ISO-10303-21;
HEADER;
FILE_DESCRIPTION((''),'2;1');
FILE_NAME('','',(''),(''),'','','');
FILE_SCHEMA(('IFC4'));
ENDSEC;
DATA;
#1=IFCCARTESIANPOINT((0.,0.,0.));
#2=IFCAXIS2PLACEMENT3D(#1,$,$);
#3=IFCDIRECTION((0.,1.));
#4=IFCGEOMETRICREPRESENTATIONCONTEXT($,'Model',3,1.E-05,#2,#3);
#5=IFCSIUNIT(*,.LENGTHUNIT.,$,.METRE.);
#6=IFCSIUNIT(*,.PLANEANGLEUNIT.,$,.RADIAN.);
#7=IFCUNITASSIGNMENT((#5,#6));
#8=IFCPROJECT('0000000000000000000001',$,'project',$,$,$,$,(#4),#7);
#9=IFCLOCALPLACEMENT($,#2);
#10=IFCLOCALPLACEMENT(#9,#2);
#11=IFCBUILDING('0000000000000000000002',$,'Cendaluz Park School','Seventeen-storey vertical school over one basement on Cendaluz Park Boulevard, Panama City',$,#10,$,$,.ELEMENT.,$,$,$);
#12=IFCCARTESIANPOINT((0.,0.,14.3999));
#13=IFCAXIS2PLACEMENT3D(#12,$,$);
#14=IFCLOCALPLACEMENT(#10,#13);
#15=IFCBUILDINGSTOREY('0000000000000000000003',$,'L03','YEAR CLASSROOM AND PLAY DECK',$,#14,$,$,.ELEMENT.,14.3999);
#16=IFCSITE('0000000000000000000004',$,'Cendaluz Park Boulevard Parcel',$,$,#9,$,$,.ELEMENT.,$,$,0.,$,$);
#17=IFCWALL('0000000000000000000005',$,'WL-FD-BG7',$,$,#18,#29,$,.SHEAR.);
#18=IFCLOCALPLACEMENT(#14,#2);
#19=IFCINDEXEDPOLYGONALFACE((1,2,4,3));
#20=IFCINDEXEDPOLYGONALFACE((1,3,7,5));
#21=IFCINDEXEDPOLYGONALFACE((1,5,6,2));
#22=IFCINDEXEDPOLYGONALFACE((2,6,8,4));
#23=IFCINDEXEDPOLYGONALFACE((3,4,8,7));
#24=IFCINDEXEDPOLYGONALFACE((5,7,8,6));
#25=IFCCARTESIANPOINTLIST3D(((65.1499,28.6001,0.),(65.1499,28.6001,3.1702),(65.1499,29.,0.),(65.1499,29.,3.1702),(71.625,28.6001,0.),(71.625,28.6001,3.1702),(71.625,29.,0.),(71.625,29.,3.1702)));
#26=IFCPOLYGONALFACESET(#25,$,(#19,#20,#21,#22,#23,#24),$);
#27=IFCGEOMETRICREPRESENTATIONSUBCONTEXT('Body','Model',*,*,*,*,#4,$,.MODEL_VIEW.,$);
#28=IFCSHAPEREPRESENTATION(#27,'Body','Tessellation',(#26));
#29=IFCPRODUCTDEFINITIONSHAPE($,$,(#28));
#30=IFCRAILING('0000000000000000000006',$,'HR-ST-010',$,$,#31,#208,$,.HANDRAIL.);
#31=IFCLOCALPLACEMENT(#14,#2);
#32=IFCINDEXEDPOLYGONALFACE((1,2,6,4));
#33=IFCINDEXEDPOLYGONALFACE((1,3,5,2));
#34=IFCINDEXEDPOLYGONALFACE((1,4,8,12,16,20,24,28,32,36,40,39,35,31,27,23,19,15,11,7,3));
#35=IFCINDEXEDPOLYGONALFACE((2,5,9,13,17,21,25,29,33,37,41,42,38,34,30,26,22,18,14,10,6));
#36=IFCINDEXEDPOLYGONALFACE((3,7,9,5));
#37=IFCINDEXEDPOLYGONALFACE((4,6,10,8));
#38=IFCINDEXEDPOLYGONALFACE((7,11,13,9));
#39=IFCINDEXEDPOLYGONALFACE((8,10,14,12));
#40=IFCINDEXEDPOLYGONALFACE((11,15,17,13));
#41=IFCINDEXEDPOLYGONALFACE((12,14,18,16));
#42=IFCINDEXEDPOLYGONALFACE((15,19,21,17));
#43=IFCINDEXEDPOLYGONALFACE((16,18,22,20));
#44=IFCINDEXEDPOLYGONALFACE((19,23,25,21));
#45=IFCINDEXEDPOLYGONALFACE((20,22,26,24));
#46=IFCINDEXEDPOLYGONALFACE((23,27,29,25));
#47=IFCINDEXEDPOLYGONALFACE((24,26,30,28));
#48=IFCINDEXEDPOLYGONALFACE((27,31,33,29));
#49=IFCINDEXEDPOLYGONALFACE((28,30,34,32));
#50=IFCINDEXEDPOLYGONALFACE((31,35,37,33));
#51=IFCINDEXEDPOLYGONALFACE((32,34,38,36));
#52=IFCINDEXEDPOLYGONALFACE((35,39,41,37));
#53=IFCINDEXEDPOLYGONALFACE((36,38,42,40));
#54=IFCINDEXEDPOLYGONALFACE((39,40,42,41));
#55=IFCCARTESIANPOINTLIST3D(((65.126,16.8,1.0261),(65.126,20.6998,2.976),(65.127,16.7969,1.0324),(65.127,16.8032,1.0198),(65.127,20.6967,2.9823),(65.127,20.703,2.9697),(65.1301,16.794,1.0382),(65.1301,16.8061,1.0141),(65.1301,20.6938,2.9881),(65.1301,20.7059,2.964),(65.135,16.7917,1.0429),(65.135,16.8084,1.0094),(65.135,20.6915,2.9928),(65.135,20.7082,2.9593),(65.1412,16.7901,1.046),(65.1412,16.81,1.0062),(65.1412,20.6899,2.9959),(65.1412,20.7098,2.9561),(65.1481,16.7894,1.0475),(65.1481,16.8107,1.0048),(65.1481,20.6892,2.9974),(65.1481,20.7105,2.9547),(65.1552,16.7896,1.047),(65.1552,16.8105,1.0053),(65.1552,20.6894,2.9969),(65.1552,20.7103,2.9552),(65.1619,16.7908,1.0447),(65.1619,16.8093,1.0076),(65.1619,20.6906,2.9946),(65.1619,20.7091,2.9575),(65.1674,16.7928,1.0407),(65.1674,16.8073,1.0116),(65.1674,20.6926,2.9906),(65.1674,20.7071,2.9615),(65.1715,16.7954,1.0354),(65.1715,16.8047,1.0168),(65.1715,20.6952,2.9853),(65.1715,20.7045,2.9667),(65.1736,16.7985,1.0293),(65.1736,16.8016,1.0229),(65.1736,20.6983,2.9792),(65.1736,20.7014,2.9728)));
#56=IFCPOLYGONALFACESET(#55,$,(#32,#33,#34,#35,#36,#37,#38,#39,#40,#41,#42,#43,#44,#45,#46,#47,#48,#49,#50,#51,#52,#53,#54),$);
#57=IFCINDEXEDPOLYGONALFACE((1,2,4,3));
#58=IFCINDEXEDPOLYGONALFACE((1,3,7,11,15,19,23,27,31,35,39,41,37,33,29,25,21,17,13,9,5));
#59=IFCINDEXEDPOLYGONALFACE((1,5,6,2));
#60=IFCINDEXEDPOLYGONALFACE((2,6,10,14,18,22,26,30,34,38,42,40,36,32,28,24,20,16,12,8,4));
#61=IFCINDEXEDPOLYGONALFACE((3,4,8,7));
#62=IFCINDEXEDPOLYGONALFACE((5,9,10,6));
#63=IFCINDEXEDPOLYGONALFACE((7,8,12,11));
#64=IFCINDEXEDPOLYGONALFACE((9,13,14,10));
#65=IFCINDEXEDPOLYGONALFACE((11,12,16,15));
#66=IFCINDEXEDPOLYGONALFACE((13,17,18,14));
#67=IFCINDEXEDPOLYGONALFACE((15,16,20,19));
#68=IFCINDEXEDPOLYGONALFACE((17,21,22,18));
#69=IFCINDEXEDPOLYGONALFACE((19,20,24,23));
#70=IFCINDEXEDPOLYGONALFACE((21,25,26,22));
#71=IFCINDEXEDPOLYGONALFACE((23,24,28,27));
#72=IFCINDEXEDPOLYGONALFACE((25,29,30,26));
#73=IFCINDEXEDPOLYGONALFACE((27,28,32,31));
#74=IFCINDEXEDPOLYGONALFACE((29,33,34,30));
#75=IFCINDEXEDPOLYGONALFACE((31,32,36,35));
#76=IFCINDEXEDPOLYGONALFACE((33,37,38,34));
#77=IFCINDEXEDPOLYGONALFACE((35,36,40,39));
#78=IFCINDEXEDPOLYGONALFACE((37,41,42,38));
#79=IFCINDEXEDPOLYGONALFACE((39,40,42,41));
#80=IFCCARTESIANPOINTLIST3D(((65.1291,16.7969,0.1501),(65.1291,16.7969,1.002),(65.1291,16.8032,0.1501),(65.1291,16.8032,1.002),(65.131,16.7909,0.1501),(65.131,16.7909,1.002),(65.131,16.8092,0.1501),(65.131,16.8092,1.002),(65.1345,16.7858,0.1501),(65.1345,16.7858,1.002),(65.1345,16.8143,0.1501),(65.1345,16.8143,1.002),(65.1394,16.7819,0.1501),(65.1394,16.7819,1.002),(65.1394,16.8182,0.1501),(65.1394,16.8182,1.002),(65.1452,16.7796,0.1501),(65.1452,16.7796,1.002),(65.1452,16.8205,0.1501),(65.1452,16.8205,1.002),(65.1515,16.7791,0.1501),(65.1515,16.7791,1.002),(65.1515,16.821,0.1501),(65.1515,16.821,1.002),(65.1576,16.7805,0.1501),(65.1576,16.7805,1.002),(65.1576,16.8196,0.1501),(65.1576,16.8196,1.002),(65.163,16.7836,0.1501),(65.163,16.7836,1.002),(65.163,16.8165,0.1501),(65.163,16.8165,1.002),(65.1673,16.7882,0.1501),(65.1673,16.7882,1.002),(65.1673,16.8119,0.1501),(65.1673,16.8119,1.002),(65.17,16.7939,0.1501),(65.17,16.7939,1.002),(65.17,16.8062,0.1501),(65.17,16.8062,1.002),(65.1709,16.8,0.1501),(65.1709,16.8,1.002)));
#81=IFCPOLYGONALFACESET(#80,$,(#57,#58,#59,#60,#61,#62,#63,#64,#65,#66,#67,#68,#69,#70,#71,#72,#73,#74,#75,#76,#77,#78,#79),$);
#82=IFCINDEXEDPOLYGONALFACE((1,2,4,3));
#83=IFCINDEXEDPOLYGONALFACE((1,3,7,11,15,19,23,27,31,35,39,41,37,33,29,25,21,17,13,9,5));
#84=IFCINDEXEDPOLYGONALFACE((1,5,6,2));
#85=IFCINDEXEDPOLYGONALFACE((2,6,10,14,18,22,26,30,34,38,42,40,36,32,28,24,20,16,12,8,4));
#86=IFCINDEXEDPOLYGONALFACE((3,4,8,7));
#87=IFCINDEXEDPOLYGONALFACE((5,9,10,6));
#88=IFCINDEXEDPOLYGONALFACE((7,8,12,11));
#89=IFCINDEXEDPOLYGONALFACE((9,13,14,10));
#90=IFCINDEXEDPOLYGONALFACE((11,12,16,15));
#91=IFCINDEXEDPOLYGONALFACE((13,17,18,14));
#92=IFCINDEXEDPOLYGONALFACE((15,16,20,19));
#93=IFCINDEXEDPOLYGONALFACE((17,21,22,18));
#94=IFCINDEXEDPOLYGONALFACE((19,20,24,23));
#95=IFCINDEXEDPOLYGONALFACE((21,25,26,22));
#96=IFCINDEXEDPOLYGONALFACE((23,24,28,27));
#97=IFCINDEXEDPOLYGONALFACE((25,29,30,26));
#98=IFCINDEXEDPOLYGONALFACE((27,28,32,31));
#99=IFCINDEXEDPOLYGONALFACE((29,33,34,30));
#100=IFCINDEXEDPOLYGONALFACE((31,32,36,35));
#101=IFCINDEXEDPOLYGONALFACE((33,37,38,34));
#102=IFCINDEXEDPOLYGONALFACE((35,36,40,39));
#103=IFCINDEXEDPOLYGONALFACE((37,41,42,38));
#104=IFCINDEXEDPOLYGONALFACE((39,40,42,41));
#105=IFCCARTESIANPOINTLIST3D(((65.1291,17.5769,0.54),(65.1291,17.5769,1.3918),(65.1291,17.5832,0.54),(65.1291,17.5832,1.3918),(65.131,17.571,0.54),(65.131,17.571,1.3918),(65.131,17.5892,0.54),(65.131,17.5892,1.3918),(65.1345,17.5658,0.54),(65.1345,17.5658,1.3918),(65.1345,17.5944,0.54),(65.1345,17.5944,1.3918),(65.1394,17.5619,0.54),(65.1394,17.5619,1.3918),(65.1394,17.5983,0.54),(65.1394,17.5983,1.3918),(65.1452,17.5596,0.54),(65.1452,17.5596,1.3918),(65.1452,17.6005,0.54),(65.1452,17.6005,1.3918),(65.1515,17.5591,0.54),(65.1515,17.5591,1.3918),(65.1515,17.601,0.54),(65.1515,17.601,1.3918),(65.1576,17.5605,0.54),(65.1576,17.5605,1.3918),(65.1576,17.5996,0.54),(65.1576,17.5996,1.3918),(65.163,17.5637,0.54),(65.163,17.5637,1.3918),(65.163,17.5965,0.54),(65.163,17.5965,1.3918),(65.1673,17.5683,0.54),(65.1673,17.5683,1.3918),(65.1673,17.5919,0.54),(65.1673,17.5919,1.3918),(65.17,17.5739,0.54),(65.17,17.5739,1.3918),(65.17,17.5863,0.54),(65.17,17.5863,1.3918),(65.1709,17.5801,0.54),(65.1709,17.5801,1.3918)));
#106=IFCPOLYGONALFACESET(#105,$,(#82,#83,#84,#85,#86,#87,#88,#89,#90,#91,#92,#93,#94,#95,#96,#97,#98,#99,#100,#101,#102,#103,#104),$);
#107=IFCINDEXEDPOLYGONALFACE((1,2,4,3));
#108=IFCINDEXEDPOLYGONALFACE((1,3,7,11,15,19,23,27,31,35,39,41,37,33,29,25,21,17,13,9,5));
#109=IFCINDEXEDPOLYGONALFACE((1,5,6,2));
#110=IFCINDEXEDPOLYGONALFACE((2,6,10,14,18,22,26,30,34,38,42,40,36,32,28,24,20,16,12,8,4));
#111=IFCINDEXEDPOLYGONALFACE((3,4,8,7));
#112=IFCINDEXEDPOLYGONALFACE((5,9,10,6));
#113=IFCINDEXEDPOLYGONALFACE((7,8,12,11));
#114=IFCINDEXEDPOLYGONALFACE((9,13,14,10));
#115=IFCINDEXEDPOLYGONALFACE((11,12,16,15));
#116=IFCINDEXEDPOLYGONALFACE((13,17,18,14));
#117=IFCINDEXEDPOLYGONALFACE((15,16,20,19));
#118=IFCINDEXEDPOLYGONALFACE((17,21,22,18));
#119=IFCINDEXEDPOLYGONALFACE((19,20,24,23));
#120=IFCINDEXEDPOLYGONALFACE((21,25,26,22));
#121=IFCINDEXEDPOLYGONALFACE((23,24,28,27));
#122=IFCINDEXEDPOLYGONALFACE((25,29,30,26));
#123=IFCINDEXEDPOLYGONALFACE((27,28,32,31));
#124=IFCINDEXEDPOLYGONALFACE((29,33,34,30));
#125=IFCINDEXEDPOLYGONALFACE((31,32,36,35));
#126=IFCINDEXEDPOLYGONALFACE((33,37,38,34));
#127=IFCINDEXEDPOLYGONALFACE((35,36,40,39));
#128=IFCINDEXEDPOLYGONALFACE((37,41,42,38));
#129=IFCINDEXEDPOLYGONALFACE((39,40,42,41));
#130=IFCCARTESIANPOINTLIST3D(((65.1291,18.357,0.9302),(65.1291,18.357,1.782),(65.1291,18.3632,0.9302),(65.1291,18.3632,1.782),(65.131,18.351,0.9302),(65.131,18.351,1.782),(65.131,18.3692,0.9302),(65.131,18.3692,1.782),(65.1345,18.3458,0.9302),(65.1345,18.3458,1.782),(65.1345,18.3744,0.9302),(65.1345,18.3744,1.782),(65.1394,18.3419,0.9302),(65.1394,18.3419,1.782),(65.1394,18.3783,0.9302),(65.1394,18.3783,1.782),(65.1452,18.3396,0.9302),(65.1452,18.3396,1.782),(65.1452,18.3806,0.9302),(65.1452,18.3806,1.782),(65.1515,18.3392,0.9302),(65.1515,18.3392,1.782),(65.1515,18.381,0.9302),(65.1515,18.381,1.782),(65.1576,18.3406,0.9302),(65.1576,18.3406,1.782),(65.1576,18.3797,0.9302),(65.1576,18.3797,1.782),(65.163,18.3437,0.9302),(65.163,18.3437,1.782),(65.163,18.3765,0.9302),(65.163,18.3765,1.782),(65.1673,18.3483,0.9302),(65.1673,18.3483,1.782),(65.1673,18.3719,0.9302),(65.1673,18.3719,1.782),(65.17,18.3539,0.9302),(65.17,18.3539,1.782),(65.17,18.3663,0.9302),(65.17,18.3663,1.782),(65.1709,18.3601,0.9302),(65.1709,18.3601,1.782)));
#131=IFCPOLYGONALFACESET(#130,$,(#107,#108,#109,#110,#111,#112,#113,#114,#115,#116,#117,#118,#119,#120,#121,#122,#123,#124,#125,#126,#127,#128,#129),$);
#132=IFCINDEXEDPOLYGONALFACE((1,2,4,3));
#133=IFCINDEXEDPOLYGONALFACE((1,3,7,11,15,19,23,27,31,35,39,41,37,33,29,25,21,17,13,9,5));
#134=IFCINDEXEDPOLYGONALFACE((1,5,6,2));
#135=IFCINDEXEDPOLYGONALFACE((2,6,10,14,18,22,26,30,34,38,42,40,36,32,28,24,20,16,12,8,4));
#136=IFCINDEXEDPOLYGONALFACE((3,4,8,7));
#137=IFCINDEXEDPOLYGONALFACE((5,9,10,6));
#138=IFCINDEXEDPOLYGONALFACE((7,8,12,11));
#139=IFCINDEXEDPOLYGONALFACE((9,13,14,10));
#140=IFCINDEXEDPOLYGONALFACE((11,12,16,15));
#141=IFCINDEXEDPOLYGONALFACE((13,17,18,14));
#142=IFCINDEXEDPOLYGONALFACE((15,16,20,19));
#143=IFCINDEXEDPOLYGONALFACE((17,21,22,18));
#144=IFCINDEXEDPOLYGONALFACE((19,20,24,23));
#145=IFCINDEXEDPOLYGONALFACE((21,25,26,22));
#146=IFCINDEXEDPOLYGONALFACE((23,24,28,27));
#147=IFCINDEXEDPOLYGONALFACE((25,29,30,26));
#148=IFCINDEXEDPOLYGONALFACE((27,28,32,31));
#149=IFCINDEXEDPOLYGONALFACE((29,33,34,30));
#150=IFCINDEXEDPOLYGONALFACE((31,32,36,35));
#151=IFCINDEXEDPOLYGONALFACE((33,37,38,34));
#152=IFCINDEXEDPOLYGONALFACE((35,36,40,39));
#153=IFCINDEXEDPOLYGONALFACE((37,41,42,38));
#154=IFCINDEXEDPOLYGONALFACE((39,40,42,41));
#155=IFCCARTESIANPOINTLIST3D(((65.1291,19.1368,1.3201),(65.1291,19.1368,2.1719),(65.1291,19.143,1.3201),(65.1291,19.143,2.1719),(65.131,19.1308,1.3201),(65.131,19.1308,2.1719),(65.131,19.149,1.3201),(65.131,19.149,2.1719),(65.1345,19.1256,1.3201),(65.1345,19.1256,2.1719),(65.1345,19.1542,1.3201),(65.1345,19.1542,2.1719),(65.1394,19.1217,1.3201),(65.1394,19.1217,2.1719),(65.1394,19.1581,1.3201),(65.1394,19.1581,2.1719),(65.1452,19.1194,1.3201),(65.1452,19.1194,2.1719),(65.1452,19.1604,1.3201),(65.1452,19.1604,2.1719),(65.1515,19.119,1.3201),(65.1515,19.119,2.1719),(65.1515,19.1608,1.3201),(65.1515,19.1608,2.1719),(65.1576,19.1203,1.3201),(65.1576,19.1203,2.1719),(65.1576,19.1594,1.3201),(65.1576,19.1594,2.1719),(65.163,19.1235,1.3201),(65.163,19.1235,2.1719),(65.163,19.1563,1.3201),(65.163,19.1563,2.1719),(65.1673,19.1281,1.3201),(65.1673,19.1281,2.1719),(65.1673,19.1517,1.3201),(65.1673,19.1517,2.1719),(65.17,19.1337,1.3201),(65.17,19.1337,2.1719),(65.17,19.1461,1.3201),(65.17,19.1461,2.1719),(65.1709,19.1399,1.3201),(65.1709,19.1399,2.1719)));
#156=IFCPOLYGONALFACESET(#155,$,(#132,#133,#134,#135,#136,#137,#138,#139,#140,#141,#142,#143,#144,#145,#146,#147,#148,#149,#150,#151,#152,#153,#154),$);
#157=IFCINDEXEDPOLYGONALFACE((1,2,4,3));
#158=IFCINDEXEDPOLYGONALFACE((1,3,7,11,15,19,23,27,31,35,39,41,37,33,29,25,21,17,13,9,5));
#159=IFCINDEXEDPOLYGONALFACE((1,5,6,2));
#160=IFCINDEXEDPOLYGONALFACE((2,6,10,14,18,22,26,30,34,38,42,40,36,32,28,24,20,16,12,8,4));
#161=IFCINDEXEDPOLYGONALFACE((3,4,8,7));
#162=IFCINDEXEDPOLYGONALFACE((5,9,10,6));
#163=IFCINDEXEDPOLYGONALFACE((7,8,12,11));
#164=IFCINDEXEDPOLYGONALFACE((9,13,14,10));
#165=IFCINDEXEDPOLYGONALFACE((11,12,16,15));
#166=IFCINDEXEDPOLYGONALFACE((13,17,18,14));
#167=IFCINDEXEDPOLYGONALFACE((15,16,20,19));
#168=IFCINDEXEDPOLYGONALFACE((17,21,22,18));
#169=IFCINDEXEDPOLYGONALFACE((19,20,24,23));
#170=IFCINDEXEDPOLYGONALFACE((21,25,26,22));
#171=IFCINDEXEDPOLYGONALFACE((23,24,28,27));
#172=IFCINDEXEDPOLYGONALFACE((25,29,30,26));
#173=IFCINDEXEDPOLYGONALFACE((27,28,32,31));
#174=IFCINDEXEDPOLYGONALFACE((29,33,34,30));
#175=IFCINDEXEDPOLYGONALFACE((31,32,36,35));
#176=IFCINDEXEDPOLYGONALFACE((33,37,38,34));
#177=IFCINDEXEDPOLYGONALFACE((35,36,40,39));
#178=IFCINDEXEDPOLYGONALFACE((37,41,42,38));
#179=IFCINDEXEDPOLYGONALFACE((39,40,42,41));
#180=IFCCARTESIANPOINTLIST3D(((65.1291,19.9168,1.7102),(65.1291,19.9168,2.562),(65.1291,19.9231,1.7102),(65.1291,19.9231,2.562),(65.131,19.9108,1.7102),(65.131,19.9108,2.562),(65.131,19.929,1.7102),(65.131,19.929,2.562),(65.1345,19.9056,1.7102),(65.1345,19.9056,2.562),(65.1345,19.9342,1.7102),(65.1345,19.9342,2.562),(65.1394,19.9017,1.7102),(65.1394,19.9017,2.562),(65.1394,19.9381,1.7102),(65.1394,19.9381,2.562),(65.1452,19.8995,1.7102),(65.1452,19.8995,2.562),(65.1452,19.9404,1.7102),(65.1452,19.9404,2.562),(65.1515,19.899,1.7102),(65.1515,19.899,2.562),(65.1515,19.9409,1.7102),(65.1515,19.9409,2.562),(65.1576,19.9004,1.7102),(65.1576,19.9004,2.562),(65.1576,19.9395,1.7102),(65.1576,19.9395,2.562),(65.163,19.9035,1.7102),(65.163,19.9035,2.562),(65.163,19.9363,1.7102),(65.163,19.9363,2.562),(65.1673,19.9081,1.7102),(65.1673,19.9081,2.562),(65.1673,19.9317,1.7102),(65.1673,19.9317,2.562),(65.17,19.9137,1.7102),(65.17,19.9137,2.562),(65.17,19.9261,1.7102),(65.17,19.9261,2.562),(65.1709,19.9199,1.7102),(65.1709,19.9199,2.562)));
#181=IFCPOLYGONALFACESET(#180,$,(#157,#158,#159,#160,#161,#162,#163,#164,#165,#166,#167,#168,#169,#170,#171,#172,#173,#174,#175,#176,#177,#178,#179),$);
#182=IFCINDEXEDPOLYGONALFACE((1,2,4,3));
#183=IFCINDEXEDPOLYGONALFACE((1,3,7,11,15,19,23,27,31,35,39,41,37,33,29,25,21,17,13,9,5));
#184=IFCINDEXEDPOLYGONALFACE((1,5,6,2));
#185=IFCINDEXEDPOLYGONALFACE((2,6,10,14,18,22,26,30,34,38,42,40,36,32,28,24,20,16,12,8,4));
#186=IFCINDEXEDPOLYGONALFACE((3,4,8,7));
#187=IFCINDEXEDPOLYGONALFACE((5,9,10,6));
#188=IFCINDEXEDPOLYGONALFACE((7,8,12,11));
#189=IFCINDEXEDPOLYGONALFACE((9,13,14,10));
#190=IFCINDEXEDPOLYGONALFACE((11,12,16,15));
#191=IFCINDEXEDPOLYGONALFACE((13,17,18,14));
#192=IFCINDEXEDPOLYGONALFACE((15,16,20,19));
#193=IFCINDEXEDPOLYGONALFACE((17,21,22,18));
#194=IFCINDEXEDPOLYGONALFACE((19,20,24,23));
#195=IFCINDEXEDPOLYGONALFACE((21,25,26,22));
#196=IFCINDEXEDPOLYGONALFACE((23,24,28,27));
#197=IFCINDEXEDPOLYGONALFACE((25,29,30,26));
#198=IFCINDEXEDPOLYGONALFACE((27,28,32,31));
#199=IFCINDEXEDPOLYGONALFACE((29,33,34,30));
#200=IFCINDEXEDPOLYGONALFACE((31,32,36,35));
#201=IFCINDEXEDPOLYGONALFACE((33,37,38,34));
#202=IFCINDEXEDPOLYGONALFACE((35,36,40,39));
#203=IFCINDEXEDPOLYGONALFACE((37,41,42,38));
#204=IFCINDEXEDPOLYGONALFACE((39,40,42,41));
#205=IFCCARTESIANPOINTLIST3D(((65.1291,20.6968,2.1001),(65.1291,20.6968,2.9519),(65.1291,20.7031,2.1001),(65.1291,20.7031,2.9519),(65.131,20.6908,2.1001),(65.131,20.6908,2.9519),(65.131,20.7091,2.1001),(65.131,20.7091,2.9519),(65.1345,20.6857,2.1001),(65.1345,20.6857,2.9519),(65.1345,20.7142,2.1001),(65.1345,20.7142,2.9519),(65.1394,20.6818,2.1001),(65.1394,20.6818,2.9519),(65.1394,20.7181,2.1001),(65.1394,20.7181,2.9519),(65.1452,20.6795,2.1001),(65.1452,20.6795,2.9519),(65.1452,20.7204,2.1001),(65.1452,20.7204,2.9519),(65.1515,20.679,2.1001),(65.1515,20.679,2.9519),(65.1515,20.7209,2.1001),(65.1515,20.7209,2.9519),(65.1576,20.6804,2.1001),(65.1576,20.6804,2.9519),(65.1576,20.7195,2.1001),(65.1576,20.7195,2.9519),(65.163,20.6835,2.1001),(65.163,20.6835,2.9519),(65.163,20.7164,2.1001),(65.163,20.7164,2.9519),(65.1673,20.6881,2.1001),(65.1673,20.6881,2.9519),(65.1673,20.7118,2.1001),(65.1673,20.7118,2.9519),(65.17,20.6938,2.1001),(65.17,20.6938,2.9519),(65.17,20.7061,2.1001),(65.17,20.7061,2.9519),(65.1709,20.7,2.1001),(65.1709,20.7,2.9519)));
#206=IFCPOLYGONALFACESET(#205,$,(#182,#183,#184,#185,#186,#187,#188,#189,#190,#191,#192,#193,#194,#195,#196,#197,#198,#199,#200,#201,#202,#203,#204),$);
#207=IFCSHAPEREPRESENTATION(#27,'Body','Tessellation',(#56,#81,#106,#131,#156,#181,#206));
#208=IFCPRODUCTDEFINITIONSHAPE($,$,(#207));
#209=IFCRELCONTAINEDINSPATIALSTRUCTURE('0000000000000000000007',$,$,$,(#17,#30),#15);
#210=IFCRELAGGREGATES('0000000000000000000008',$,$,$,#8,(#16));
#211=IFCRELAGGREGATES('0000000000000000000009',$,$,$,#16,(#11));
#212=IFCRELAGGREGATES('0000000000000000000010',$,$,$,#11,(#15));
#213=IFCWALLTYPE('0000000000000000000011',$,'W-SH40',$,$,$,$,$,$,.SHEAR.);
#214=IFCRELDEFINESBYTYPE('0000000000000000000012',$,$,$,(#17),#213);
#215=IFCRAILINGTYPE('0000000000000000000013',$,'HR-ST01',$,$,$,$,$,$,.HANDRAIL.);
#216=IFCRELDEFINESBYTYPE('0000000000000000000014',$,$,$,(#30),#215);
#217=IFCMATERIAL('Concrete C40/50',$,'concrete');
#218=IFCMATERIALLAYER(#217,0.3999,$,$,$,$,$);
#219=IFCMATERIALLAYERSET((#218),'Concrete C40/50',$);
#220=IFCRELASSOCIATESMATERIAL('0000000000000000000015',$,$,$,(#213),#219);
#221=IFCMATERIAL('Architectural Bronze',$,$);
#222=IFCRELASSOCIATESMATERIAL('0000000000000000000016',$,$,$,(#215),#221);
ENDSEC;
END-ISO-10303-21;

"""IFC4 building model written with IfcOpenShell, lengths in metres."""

from ifc_helpers import new_model, si_unit, direction, frame, frame_2d, origin, origin_2d, place, context, subcontext, project, spatial, rectangle, circle, extrude, material, layer, layer_set, type_object, element, save


model = new_model("IFC4")

# Units and contexts
model_context = context("Model", 3, precision=1e-05, world=origin(), true_north=direction((0.0, 1.0)))
body_context = subcontext(model_context, "Body", "Model", "MODEL_VIEW")
ifc_project = project(units=[si_unit("LENGTHUNIT", "METRE"), si_unit("PLANEANGLEUNIT", "RADIAN")], contexts=[model_context])

# Site, building, storey
site_placement = place(None, origin())
site = spatial("IfcSite", under=ifc_project, at=site_placement, Name="Cendaluz Park Boulevard Parcel", CompositionType="ELEMENT", RefElevation=0.0)
building_placement = place(site_placement, origin())
building = spatial("IfcBuilding", under=site, at=building_placement, Name="Cendaluz Park School", Description="Seventeen-storey vertical school over one basement on Cendaluz Park Boulevard, Panama City", CompositionType="ELEMENT")
storey_placement = place(building_placement, frame((0.0, 0.0, 14.3999)))
storey = spatial("IfcBuildingStorey", under=building, at=storey_placement, Name="L03", Description="YEAR CLASSROOM AND PLAY DECK", CompositionType="ELEMENT", Elevation=14.3999)

# Shared definitions
ifc_material_1 = material(Name="Concrete C40/50", Category="concrete")

# Wall
ifc_layer_1 = layer(ifc_material_1, 0.3999)
ifc_layer_set_1 = layer_set([ifc_layer_1], Name="Concrete C40/50")
wall_type_1 = type_object("IfcWallType", Name="W-SH40", PredefinedType="SHEAR", material=ifc_layer_set_1)
wall_1_placement = place(storey_placement, frame((65.1499, 28.8, 0.0), z_axis=(0.0, 0.0, 1.0), x_axis=(1.0, 0.0, 0.0)))
element("IfcWall", 1, at=wall_1_placement, inside=storey, type_object=wall_type_1, Name="WL-FD-BG7", PredefinedType="SHEAR", context=body_context, shape_type="SweptSolid", body=[
    extrude(rectangle(XDim=6.4751, YDim=0.3999, at=frame_2d((3.2375, 0.0))), origin(), (0.0, 0.0, 1.0), 3.1702),
])

# Railing
ifc_material_2 = material(Name="Architectural Bronze")
railing_type = type_object("IfcRailingType", Name="HR-ST01", PredefinedType="HANDRAIL", material=ifc_material_2)
railing_placement = place(storey_placement, frame((65.1499, 16.8, 0.1501)))
element("IfcRailing", 2, at=railing_placement, inside=storey, type_object=railing_type, Name="HR-ST-010", PredefinedType="HANDRAIL", context=body_context, shape_type="SweptSolid", body=[
    extrude(circle(Radius=0.0239, at=origin_2d()), frame((0.0, 0.0, 0.876), z_axis=(0.0, 0.894427, 0.447214), x_axis=(-1.0, 0.0, 0.0)), (0.0, 0.0, 1.0), 4.3601),
    extrude(circle(Radius=0.021, at=origin_2d()), origin(), (0.0, 0.0, 1.0), 0.8518),
    extrude(circle(Radius=0.021, at=origin_2d()), frame((0.0, 0.78, 0.3899)), (0.0, 0.0, 1.0), 0.8518),
    extrude(circle(Radius=0.021, at=origin_2d()), frame((0.0, 1.5601, 0.78)), (0.0, 0.0, 1.0), 0.8518),
    extrude(circle(Radius=0.021, at=origin_2d()), frame((0.0, 2.3398, 1.1699)), (0.0, 0.0, 1.0), 0.8518),
    extrude(circle(Radius=0.021, at=origin_2d()), frame((0.0, 3.1199, 1.5601)), (0.0, 0.0, 1.0), 0.8518),
    extrude(circle(Radius=0.021, at=origin_2d()), frame((0.0, 3.8999, 1.95)), (0.0, 0.0, 1.0), 0.8518),
])

save(model, "model.ifc")
